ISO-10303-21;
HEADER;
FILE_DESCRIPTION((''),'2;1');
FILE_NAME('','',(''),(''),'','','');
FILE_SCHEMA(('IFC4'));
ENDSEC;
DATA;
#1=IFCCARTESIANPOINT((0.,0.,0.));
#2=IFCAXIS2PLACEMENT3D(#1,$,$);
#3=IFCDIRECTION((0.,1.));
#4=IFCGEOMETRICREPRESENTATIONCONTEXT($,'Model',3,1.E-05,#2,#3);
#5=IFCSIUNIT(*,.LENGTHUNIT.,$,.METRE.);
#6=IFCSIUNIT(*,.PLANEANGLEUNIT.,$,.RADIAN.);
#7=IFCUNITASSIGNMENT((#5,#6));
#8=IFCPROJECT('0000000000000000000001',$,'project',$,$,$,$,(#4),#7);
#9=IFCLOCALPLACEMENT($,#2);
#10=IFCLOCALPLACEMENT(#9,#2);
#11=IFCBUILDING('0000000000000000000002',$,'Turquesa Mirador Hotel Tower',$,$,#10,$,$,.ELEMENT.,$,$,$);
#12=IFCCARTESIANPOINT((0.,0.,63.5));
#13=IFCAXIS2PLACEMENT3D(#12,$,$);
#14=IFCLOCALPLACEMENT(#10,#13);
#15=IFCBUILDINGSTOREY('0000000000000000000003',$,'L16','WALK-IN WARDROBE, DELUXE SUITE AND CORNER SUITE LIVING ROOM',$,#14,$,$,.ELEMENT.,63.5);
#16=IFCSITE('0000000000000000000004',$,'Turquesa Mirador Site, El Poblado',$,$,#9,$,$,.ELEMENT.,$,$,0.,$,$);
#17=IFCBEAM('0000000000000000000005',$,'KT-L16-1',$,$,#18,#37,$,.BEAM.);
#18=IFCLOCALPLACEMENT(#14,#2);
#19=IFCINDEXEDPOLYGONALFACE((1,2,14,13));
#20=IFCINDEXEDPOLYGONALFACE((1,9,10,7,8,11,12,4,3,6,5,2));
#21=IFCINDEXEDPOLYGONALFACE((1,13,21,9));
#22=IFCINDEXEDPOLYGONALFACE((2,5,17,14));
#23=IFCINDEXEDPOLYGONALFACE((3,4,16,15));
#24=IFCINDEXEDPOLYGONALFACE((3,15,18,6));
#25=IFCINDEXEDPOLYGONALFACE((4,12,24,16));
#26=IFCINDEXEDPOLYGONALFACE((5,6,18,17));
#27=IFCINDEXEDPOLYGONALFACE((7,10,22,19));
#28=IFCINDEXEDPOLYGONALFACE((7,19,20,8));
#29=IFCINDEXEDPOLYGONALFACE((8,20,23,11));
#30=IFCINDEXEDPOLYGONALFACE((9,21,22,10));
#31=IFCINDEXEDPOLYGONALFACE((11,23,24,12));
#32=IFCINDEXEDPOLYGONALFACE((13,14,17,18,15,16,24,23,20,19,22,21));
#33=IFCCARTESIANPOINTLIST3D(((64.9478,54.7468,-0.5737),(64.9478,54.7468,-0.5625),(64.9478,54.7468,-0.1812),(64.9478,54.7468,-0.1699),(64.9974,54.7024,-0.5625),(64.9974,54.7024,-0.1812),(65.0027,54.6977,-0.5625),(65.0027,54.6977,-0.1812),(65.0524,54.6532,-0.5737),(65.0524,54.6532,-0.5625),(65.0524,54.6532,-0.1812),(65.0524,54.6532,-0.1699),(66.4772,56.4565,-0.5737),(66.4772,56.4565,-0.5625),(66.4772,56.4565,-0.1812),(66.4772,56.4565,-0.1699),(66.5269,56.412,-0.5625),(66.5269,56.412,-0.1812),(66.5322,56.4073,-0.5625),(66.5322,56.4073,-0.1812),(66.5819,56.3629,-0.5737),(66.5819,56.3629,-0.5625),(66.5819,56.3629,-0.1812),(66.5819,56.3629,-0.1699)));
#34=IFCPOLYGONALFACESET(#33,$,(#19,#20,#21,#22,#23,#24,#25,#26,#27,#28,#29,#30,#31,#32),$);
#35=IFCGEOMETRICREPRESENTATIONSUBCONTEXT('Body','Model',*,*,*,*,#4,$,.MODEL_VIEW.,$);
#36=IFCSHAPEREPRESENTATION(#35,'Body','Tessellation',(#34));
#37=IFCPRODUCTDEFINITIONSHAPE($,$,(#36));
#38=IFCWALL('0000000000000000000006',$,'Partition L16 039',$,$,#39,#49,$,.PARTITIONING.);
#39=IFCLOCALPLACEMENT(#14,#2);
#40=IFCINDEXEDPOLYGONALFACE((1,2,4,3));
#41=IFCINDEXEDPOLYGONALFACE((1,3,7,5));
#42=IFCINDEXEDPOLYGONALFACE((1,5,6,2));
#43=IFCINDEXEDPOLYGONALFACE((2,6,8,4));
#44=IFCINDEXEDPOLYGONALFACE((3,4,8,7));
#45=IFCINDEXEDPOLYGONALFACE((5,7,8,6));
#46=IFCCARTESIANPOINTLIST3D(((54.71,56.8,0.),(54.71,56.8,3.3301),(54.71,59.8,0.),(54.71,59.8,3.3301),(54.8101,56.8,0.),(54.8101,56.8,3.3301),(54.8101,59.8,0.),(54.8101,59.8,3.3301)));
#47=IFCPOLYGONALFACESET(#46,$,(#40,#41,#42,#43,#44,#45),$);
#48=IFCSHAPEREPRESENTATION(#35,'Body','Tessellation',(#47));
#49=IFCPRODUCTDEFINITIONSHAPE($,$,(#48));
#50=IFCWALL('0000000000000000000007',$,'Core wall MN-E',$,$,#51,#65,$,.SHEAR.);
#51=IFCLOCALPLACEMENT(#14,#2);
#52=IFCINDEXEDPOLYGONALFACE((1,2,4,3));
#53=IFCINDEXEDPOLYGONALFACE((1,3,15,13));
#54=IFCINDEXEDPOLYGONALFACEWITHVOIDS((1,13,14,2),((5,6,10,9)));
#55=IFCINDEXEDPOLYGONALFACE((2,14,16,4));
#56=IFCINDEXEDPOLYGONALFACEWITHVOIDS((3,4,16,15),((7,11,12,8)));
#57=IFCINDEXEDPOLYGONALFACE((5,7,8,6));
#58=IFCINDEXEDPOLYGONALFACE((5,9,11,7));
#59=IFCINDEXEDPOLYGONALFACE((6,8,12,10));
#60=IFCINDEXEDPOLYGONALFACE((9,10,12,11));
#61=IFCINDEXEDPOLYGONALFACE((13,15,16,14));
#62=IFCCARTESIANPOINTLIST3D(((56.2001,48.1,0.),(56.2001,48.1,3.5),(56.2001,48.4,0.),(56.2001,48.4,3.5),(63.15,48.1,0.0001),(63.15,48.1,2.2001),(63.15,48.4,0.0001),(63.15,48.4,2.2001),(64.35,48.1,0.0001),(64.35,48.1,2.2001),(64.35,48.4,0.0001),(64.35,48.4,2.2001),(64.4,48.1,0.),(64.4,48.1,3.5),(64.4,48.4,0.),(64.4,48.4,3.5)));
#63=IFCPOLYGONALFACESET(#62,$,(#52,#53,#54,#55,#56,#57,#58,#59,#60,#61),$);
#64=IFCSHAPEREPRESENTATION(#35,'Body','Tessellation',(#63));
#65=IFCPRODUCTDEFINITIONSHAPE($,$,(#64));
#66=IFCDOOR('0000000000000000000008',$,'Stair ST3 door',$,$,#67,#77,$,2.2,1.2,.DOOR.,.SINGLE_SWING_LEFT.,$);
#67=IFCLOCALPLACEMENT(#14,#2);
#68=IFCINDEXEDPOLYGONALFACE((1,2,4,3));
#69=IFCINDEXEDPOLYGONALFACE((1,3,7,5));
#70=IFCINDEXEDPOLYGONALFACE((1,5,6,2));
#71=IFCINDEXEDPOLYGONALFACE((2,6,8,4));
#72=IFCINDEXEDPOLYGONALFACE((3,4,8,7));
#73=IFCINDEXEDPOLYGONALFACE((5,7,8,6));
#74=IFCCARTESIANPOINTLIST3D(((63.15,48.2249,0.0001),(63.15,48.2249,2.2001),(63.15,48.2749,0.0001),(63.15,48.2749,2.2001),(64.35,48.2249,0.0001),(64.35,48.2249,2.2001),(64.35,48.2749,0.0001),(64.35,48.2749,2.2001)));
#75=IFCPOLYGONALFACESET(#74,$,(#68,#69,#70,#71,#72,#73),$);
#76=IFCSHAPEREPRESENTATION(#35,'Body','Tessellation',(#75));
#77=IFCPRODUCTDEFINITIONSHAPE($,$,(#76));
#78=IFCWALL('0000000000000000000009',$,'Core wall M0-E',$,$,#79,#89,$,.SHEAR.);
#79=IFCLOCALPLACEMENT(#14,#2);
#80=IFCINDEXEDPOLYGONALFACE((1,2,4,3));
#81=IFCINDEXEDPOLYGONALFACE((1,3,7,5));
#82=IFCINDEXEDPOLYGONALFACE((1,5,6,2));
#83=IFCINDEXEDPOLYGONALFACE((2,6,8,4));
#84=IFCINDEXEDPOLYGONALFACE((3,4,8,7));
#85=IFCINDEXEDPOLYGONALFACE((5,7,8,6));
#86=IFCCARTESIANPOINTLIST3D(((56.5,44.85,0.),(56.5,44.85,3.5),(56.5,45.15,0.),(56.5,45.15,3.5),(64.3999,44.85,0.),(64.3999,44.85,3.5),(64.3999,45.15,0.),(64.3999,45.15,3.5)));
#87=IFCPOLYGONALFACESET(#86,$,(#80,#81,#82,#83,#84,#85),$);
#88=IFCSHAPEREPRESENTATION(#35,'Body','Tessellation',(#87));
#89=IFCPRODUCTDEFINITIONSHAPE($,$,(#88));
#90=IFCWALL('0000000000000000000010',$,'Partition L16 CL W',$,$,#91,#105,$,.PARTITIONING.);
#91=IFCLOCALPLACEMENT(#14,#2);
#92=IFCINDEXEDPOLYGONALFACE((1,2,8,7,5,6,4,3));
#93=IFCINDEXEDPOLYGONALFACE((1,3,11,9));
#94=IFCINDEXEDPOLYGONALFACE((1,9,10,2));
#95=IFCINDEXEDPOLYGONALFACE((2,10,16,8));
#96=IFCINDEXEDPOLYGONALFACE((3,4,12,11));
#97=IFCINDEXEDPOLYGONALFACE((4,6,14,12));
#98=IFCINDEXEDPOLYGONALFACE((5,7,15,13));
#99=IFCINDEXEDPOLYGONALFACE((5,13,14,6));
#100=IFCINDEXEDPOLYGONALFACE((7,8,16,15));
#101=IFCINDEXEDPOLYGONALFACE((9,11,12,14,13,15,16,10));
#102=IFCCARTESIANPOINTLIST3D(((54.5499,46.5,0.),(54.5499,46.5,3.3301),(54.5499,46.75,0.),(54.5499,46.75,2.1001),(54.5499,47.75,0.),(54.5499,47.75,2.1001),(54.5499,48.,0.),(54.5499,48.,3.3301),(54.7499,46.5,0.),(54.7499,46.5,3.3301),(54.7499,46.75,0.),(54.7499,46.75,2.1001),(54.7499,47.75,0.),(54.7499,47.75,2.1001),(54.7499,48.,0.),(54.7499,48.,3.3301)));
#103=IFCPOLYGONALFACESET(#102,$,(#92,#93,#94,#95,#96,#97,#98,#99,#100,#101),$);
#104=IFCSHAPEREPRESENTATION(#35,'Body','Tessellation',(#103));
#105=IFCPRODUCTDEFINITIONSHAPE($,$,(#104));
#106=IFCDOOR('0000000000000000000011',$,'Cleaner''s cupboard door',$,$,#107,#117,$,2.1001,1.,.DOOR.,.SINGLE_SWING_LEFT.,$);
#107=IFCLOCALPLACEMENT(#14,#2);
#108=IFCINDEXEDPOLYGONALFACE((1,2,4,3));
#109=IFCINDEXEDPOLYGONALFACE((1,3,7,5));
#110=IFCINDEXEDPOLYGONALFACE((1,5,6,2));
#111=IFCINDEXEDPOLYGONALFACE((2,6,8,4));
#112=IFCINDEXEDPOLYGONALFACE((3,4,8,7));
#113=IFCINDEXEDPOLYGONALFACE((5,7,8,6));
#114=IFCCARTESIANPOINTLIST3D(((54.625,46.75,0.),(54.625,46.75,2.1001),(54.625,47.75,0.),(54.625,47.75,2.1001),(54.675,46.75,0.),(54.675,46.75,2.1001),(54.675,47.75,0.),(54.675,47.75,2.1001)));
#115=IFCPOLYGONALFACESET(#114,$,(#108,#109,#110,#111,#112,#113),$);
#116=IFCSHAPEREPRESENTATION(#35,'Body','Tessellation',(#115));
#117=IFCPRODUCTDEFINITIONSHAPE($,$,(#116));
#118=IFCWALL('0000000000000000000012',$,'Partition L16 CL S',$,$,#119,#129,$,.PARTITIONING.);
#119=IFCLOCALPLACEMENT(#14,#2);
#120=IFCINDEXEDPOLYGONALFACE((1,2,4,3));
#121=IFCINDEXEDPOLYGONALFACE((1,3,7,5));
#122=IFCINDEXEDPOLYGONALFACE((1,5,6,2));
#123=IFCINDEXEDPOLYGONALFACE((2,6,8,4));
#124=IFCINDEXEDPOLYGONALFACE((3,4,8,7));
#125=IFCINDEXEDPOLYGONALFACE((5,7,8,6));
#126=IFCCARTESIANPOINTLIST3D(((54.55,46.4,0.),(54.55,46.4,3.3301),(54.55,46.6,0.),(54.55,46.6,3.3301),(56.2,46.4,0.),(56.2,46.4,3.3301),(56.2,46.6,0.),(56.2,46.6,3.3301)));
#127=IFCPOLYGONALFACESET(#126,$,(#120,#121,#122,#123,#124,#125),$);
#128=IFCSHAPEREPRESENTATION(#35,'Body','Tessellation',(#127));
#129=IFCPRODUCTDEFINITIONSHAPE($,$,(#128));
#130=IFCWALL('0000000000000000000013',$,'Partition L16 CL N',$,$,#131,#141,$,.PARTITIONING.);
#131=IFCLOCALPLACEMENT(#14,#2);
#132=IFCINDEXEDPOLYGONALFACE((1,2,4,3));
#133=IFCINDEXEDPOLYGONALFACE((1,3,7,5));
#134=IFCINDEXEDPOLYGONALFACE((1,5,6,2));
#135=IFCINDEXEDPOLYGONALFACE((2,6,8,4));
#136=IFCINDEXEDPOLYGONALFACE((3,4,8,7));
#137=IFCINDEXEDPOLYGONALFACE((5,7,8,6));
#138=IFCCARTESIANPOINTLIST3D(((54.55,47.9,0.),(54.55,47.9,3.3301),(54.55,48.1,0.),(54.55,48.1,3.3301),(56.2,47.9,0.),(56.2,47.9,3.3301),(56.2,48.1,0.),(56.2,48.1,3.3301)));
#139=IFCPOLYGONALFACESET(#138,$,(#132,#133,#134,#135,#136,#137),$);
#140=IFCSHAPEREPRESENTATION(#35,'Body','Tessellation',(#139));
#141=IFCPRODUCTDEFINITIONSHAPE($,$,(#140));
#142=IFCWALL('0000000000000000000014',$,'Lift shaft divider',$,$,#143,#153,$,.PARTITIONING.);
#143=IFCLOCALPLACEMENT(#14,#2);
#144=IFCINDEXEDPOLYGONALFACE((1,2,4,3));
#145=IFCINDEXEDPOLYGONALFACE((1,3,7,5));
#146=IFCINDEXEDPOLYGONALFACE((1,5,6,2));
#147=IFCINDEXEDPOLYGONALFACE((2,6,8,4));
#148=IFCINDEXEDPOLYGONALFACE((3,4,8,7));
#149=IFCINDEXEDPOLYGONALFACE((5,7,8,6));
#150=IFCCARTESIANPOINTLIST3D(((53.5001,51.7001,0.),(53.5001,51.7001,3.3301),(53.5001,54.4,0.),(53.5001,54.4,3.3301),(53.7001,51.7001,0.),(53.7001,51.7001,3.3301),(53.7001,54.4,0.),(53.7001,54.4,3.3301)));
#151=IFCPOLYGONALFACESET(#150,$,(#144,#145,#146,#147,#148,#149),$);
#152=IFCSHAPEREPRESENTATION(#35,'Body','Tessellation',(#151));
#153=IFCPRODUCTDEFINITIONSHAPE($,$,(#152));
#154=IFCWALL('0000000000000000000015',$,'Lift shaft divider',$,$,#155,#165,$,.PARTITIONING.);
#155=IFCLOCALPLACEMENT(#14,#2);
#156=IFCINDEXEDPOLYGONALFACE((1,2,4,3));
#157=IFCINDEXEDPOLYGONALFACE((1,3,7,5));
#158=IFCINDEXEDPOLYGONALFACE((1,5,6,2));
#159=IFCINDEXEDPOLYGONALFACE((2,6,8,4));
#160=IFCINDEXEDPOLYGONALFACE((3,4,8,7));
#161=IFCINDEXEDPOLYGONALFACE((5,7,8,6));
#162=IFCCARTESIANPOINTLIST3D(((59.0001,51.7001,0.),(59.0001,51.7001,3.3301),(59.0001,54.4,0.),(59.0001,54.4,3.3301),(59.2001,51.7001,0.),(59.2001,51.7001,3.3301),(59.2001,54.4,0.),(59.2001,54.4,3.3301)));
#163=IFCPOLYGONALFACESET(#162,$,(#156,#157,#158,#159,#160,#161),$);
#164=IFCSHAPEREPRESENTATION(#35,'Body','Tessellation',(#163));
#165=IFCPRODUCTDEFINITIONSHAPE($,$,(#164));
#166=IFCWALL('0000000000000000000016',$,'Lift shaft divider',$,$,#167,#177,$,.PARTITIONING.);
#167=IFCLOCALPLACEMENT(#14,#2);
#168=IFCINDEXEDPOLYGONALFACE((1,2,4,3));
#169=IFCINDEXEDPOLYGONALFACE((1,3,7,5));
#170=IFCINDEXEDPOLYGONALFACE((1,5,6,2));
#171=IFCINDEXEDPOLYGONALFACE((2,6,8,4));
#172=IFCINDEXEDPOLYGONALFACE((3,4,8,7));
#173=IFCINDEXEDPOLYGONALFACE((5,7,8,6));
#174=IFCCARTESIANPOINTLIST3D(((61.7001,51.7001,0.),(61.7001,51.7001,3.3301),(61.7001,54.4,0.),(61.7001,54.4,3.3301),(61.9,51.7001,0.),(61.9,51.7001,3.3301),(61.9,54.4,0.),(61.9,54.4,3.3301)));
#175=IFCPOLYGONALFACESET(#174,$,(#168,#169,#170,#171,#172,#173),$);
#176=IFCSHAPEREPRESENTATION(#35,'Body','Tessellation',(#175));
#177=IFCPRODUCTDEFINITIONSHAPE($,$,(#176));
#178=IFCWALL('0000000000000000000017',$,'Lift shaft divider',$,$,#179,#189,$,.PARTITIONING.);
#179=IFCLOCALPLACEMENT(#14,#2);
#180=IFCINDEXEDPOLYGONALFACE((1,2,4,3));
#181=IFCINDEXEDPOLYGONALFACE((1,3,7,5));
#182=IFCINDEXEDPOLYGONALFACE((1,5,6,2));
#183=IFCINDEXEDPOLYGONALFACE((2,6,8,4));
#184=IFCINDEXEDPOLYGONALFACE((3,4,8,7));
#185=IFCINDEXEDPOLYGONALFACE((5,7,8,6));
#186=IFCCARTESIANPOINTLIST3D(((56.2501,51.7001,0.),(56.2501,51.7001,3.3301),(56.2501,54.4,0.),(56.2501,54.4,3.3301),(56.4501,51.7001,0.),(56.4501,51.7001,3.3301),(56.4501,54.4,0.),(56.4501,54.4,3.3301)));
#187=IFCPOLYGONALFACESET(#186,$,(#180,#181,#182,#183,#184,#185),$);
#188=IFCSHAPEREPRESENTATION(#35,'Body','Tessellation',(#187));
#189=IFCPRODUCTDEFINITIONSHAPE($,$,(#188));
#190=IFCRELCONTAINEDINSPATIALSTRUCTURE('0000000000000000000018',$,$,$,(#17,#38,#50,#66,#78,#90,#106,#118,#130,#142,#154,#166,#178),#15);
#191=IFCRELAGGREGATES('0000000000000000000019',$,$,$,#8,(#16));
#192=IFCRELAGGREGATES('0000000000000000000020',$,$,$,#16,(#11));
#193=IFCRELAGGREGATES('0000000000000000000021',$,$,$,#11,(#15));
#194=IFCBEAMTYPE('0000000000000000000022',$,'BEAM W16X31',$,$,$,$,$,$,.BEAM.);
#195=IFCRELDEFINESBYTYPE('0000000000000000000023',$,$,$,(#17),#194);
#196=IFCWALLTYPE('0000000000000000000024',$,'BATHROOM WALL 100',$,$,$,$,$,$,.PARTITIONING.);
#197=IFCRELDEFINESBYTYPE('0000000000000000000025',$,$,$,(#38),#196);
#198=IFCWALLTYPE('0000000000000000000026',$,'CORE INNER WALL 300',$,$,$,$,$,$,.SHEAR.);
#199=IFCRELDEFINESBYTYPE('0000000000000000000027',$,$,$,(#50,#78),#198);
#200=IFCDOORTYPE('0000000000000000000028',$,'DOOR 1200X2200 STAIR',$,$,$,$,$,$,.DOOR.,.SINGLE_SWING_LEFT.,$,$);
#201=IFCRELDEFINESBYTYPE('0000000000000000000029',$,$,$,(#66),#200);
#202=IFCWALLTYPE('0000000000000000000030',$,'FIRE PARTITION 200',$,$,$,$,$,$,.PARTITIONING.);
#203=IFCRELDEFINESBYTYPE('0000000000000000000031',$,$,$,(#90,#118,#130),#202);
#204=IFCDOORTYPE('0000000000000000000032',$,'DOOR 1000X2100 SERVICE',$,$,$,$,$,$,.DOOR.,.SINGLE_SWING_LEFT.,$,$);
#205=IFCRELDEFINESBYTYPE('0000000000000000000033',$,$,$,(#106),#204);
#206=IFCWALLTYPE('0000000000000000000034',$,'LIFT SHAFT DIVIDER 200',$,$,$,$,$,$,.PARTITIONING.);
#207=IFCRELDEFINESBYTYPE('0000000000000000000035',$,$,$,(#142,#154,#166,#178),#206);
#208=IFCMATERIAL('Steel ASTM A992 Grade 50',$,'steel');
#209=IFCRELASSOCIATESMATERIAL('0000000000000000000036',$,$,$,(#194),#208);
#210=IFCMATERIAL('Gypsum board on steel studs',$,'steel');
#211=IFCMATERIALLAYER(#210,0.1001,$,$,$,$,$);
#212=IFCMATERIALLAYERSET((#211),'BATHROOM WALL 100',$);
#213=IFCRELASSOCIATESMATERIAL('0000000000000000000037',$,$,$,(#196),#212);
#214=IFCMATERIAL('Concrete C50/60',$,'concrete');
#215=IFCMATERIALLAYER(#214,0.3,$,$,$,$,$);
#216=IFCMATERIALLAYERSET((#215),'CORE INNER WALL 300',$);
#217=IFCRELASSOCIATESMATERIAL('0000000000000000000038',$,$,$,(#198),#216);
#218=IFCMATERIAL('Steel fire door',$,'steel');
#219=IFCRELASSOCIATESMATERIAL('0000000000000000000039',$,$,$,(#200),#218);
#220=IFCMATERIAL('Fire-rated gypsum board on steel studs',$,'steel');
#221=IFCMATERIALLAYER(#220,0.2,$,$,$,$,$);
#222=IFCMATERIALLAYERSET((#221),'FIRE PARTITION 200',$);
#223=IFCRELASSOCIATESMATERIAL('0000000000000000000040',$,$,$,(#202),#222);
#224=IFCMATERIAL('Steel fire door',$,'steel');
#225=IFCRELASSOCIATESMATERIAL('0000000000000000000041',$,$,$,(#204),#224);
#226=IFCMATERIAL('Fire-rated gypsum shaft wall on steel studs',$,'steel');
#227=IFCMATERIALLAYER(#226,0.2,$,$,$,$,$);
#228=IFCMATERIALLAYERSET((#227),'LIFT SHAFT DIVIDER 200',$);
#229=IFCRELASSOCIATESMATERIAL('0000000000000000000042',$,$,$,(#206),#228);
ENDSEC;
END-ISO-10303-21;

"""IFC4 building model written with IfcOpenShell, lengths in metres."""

from ifc_helpers import new_model, si_unit, direction, frame, frame_2d, origin, origin_2d, place, context, subcontext, project, spatial, rectangle, i_section, extrude, material, layer, layer_set, material_profile, profile_set, type_object, element, fill, save


model = new_model("IFC4")

# Units and contexts
model_context = context("Model", 3, precision=1e-05, world=origin(), true_north=direction((0.0, 1.0)))
body_context = subcontext(model_context, "Body", "Model", "MODEL_VIEW")
ifc_project = project(units=[si_unit("LENGTHUNIT", "METRE"), si_unit("PLANEANGLEUNIT", "RADIAN")], contexts=[model_context])

# Site, building, storey
site_placement = place(None, origin())
site = spatial("IfcSite", under=ifc_project, at=site_placement, Name="Turquesa Mirador Site, El Poblado", CompositionType="ELEMENT", RefElevation=0.0)
building_placement = place(site_placement, origin())
building = spatial("IfcBuilding", under=site, at=building_placement, Name="Turquesa Mirador Hotel Tower", CompositionType="ELEMENT")
storey_placement = place(building_placement, frame((0.0, 0.0, 63.5)))
storey = spatial("IfcBuildingStorey", under=building, at=storey_placement, Name="L16", Description="WALK-IN WARDROBE, DELUXE SUITE AND CORNER SUITE LIVING ROOM", CompositionType="ELEMENT", Elevation=63.5)

# Beam
ifc_material_1 = material(Name="Steel ASTM A992 Grade 50", Category="steel")
ifc_material_profile = material_profile(ifc_material_1, i_section(OverallWidth=0.1404, OverallDepth=0.4038, WebThickness=0.0071, FlangeThickness=0.0112, at=origin_2d()), Name="W16X31")
ifc_profile_set = profile_set([ifc_material_profile], Name="Steel ASTM A992 Grade 50")
beam_type = type_object("IfcBeamType", Name="BEAM W16X31", PredefinedType="BEAM", material=ifc_profile_set)
beam_placement = place(storey_placement, frame((66.5295, 56.4097, -0.3718), z_axis=(-0.666745, -0.745286, 0.0), x_axis=(0.745286, -0.666745, 0.0)))
element("IfcBeam", 1, at=beam_placement, inside=storey, type_object=beam_type, Name="KT-L16-1", PredefinedType="BEAM", context=body_context, shape_type="SweptSolid", body=[
    extrude(i_section(OverallWidth=0.1404, OverallDepth=0.4038, WebThickness=0.0071, FlangeThickness=0.0112, at=origin_2d()), origin(), (0.0, 0.0, 1.0), 2.2939),
])

# Wall
ifc_material_2 = material(Name="Gypsum board on steel studs", Category="steel")
ifc_layer_1 = layer(ifc_material_2, 0.1001)
ifc_layer_set_1 = layer_set([ifc_layer_1], Name="BATHROOM WALL 100")
wall_type_1 = type_object("IfcWallType", Name="BATHROOM WALL 100", PredefinedType="PARTITIONING", material=ifc_layer_set_1)
wall_1_placement = place(storey_placement, frame((54.76, 56.8, 0.0), z_axis=(0.0, 0.0, 1.0), x_axis=(0.0, 1.0, 0.0)))
element("IfcWall", 2, at=wall_1_placement, inside=storey, type_object=wall_type_1, Name="Partition L16 039", PredefinedType="PARTITIONING", context=body_context, shape_type="SweptSolid", body=[
    extrude(rectangle(XDim=3.0, YDim=0.1001, at=frame_2d((1.5, 0.0))), origin(), (0.0, 0.0, 1.0), 3.3301),
])

# Wall, opening, door
ifc_material_3 = material(Name="Concrete C50/60", Category="concrete")
ifc_layer_2 = layer(ifc_material_3, 0.3)
ifc_layer_set_2 = layer_set([ifc_layer_2], Name="CORE INNER WALL 300")
wall_type_2 = type_object("IfcWallType", Name="CORE INNER WALL 300", PredefinedType="SHEAR", material=ifc_layer_set_2)
wall_2_placement = place(storey_placement, frame((56.2, 48.25, 0.0), z_axis=(0.0, 0.0, 1.0), x_axis=(1.0, 0.0, 0.0)))
wall_2 = element("IfcWall", 3, at=wall_2_placement, inside=storey, type_object=wall_type_2, Name="Core wall MN-E", PredefinedType="SHEAR", context=body_context, shape_type="SweptSolid", body=[
    extrude(rectangle(XDim=8.2, YDim=0.3, at=frame_2d((4.1001, 0.0))), origin(), (0.0, 0.0, 1.0), 3.5),
])
opening_1_placement = place(wall_2_placement, frame((6.95, 0.0, 0.0)))
opening_1 = element("IfcOpeningElement", 4, at=opening_1_placement, cuts=wall_2, PredefinedType="OPENING", context=body_context, shape_type="SweptSolid", body=[
    extrude(rectangle(XDim=1.2, YDim=2.2, at=frame_2d((0.6001, 1.1001))), frame((0.0, 0.1599, 0.0), z_axis=(0.0, -1.0, 0.0), x_axis=(1.0, 0.0, 0.0)), (0.0, 0.0, 1.0), 0.3201),
])
ifc_material_4 = material(Name="Steel fire door", Category="steel")
door_type_1 = type_object("IfcDoorType", Name="DOOR 1200X2200 STAIR", OperationType="SINGLE_SWING_LEFT", PredefinedType="DOOR", material=ifc_material_4)
door_1_placement = place(opening_1_placement, origin())
door_1 = element("IfcDoor", 5, at=door_1_placement, inside=storey, type_object=door_type_1, Name="Stair ST3 door", OperationType="SINGLE_SWING_LEFT", OverallHeight=2.2, OverallWidth=1.2, PredefinedType="DOOR", context=body_context, shape_type="SweptSolid", body=[
    extrude(rectangle(XDim=1.2, YDim=2.2, at=frame_2d((0.6001, 1.1001))), frame((0.0, 0.0249, 0.0), z_axis=(0.0, -1.0, 0.0), x_axis=(1.0, 0.0, 0.0)), (0.0, 0.0, 1.0), 0.05),
])
fill(opening_1, door_1)

# Wall
wall_3_placement = place(storey_placement, frame((56.5, 45.0, 0.0), z_axis=(0.0, 0.0, 1.0), x_axis=(1.0, 0.0, 0.0)))
element("IfcWall", 6, at=wall_3_placement, inside=storey, type_object=wall_type_2, Name="Core wall M0-E", PredefinedType="SHEAR", context=body_context, shape_type="SweptSolid", body=[
    extrude(rectangle(XDim=7.8999, YDim=0.3, at=frame_2d((3.95, 0.0))), origin(), (0.0, 0.0, 1.0), 3.5),
])

# Wall, opening, door
ifc_material_5 = material(Name="Fire-rated gypsum board on steel studs", Category="steel")
ifc_layer_3 = layer(ifc_material_5, 0.2)
ifc_layer_set_3 = layer_set([ifc_layer_3], Name="FIRE PARTITION 200")
wall_type_3 = type_object("IfcWallType", Name="FIRE PARTITION 200", PredefinedType="PARTITIONING", material=ifc_layer_set_3)
wall_4_placement = place(storey_placement, frame((54.6499, 46.5, 0.0), z_axis=(0.0, 0.0, 1.0), x_axis=(0.0, 1.0, 0.0)))
wall_4 = element("IfcWall", 7, at=wall_4_placement, inside=storey, type_object=wall_type_3, Name="Partition L16 CL W", PredefinedType="PARTITIONING", context=body_context, shape_type="SweptSolid", body=[
    extrude(rectangle(XDim=1.5, YDim=0.2, at=frame_2d((0.75, 0.0))), origin(), (0.0, 0.0, 1.0), 3.3301),
])
opening_2_placement = place(wall_4_placement, frame((0.25, 0.0, 0.0)))
opening_2 = element("IfcOpeningElement", 8, at=opening_2_placement, cuts=wall_4, PredefinedType="OPENING", context=body_context, shape_type="SweptSolid", body=[
    extrude(rectangle(XDim=1.0, YDim=2.1001, at=frame_2d((0.5, 1.05))), frame((0.0, 0.1099, 0.0), z_axis=(0.0, -1.0, 0.0), x_axis=(1.0, 0.0, 0.0)), (0.0, 0.0, 1.0), 0.22),
])
ifc_material_6 = material(Name="Steel fire door", Category="steel")
door_type_2 = type_object("IfcDoorType", Name="DOOR 1000X2100 SERVICE", OperationType="SINGLE_SWING_LEFT", PredefinedType="DOOR", material=ifc_material_6)
door_2_placement = place(opening_2_placement, origin())
door_2 = element("IfcDoor", 9, at=door_2_placement, inside=storey, type_object=door_type_2, Name="Cleaner's cupboard door", OperationType="SINGLE_SWING_LEFT", OverallHeight=2.1001, OverallWidth=1.0, PredefinedType="DOOR", context=body_context, shape_type="SweptSolid", body=[
    extrude(rectangle(XDim=1.0, YDim=2.1001, at=frame_2d((0.5, 1.05))), frame((0.0, 0.0249, 0.0), z_axis=(0.0, -1.0, 0.0), x_axis=(1.0, 0.0, 0.0)), (0.0, 0.0, 1.0), 0.05),
])
fill(opening_2, door_2)

# Walls
for number, where, z_axis, x_axis, name in (
    (10, (54.55, 46.5, 0.0), (0.0, 0.0, 1.0), (1.0, 0.0, 0.0), "Partition L16 CL S"),
    (11, (54.55, 48.0, 0.0), (0.0, 0.0, 1.0), (1.0, 0.0, 0.0), "Partition L16 CL N"),
):
    element("IfcWall", number, at=place(storey_placement, frame(where, z_axis=z_axis, x_axis=x_axis)), inside=storey, type_object=wall_type_3, Name=name, PredefinedType="PARTITIONING", context=body_context, shape_type="SweptSolid", body=[
        extrude(rectangle(XDim=1.6499, YDim=0.2, at=frame_2d((0.825, 0.0))), origin(), (0.0, 0.0, 1.0), 3.3301),
    ])
ifc_material_7 = material(Name="Fire-rated gypsum shaft wall on steel studs", Category="steel")
ifc_layer_4 = layer(ifc_material_7, 0.2)
ifc_layer_set_4 = layer_set([ifc_layer_4], Name="LIFT SHAFT DIVIDER 200")
wall_type_4 = type_object("IfcWallType", Name="LIFT SHAFT DIVIDER 200", PredefinedType="PARTITIONING", material=ifc_layer_set_4)
for number, where, z_axis, x_axis, name in (
    (12, (53.6001, 51.7, 0.0), (0.0, 0.0, 1.0), (0.0, 1.0, 0.0), "Lift shaft divider"),
    (13, (59.1001, 51.7, 0.0), (0.0, 0.0, 1.0), (0.0, 1.0, 0.0), "Lift shaft divider"),
    (14, (61.8, 51.7, 0.0), (0.0, 0.0, 1.0), (0.0, 1.0, 0.0), "Lift shaft divider"),
    (15, (56.3501, 51.7, 0.0), (0.0, 0.0, 1.0), (0.0, 1.0, 0.0), "Lift shaft divider"),
):
    element("IfcWall", number, at=place(storey_placement, frame(where, z_axis=z_axis, x_axis=x_axis)), inside=storey, type_object=wall_type_4, Name=name, PredefinedType="PARTITIONING", context=body_context, shape_type="SweptSolid", body=[
        extrude(rectangle(XDim=2.7, YDim=0.2, at=frame_2d((1.3501, 0.0))), origin(), (0.0, 0.0, 1.0), 3.3301),
    ])

save(model, "model.ifc")
